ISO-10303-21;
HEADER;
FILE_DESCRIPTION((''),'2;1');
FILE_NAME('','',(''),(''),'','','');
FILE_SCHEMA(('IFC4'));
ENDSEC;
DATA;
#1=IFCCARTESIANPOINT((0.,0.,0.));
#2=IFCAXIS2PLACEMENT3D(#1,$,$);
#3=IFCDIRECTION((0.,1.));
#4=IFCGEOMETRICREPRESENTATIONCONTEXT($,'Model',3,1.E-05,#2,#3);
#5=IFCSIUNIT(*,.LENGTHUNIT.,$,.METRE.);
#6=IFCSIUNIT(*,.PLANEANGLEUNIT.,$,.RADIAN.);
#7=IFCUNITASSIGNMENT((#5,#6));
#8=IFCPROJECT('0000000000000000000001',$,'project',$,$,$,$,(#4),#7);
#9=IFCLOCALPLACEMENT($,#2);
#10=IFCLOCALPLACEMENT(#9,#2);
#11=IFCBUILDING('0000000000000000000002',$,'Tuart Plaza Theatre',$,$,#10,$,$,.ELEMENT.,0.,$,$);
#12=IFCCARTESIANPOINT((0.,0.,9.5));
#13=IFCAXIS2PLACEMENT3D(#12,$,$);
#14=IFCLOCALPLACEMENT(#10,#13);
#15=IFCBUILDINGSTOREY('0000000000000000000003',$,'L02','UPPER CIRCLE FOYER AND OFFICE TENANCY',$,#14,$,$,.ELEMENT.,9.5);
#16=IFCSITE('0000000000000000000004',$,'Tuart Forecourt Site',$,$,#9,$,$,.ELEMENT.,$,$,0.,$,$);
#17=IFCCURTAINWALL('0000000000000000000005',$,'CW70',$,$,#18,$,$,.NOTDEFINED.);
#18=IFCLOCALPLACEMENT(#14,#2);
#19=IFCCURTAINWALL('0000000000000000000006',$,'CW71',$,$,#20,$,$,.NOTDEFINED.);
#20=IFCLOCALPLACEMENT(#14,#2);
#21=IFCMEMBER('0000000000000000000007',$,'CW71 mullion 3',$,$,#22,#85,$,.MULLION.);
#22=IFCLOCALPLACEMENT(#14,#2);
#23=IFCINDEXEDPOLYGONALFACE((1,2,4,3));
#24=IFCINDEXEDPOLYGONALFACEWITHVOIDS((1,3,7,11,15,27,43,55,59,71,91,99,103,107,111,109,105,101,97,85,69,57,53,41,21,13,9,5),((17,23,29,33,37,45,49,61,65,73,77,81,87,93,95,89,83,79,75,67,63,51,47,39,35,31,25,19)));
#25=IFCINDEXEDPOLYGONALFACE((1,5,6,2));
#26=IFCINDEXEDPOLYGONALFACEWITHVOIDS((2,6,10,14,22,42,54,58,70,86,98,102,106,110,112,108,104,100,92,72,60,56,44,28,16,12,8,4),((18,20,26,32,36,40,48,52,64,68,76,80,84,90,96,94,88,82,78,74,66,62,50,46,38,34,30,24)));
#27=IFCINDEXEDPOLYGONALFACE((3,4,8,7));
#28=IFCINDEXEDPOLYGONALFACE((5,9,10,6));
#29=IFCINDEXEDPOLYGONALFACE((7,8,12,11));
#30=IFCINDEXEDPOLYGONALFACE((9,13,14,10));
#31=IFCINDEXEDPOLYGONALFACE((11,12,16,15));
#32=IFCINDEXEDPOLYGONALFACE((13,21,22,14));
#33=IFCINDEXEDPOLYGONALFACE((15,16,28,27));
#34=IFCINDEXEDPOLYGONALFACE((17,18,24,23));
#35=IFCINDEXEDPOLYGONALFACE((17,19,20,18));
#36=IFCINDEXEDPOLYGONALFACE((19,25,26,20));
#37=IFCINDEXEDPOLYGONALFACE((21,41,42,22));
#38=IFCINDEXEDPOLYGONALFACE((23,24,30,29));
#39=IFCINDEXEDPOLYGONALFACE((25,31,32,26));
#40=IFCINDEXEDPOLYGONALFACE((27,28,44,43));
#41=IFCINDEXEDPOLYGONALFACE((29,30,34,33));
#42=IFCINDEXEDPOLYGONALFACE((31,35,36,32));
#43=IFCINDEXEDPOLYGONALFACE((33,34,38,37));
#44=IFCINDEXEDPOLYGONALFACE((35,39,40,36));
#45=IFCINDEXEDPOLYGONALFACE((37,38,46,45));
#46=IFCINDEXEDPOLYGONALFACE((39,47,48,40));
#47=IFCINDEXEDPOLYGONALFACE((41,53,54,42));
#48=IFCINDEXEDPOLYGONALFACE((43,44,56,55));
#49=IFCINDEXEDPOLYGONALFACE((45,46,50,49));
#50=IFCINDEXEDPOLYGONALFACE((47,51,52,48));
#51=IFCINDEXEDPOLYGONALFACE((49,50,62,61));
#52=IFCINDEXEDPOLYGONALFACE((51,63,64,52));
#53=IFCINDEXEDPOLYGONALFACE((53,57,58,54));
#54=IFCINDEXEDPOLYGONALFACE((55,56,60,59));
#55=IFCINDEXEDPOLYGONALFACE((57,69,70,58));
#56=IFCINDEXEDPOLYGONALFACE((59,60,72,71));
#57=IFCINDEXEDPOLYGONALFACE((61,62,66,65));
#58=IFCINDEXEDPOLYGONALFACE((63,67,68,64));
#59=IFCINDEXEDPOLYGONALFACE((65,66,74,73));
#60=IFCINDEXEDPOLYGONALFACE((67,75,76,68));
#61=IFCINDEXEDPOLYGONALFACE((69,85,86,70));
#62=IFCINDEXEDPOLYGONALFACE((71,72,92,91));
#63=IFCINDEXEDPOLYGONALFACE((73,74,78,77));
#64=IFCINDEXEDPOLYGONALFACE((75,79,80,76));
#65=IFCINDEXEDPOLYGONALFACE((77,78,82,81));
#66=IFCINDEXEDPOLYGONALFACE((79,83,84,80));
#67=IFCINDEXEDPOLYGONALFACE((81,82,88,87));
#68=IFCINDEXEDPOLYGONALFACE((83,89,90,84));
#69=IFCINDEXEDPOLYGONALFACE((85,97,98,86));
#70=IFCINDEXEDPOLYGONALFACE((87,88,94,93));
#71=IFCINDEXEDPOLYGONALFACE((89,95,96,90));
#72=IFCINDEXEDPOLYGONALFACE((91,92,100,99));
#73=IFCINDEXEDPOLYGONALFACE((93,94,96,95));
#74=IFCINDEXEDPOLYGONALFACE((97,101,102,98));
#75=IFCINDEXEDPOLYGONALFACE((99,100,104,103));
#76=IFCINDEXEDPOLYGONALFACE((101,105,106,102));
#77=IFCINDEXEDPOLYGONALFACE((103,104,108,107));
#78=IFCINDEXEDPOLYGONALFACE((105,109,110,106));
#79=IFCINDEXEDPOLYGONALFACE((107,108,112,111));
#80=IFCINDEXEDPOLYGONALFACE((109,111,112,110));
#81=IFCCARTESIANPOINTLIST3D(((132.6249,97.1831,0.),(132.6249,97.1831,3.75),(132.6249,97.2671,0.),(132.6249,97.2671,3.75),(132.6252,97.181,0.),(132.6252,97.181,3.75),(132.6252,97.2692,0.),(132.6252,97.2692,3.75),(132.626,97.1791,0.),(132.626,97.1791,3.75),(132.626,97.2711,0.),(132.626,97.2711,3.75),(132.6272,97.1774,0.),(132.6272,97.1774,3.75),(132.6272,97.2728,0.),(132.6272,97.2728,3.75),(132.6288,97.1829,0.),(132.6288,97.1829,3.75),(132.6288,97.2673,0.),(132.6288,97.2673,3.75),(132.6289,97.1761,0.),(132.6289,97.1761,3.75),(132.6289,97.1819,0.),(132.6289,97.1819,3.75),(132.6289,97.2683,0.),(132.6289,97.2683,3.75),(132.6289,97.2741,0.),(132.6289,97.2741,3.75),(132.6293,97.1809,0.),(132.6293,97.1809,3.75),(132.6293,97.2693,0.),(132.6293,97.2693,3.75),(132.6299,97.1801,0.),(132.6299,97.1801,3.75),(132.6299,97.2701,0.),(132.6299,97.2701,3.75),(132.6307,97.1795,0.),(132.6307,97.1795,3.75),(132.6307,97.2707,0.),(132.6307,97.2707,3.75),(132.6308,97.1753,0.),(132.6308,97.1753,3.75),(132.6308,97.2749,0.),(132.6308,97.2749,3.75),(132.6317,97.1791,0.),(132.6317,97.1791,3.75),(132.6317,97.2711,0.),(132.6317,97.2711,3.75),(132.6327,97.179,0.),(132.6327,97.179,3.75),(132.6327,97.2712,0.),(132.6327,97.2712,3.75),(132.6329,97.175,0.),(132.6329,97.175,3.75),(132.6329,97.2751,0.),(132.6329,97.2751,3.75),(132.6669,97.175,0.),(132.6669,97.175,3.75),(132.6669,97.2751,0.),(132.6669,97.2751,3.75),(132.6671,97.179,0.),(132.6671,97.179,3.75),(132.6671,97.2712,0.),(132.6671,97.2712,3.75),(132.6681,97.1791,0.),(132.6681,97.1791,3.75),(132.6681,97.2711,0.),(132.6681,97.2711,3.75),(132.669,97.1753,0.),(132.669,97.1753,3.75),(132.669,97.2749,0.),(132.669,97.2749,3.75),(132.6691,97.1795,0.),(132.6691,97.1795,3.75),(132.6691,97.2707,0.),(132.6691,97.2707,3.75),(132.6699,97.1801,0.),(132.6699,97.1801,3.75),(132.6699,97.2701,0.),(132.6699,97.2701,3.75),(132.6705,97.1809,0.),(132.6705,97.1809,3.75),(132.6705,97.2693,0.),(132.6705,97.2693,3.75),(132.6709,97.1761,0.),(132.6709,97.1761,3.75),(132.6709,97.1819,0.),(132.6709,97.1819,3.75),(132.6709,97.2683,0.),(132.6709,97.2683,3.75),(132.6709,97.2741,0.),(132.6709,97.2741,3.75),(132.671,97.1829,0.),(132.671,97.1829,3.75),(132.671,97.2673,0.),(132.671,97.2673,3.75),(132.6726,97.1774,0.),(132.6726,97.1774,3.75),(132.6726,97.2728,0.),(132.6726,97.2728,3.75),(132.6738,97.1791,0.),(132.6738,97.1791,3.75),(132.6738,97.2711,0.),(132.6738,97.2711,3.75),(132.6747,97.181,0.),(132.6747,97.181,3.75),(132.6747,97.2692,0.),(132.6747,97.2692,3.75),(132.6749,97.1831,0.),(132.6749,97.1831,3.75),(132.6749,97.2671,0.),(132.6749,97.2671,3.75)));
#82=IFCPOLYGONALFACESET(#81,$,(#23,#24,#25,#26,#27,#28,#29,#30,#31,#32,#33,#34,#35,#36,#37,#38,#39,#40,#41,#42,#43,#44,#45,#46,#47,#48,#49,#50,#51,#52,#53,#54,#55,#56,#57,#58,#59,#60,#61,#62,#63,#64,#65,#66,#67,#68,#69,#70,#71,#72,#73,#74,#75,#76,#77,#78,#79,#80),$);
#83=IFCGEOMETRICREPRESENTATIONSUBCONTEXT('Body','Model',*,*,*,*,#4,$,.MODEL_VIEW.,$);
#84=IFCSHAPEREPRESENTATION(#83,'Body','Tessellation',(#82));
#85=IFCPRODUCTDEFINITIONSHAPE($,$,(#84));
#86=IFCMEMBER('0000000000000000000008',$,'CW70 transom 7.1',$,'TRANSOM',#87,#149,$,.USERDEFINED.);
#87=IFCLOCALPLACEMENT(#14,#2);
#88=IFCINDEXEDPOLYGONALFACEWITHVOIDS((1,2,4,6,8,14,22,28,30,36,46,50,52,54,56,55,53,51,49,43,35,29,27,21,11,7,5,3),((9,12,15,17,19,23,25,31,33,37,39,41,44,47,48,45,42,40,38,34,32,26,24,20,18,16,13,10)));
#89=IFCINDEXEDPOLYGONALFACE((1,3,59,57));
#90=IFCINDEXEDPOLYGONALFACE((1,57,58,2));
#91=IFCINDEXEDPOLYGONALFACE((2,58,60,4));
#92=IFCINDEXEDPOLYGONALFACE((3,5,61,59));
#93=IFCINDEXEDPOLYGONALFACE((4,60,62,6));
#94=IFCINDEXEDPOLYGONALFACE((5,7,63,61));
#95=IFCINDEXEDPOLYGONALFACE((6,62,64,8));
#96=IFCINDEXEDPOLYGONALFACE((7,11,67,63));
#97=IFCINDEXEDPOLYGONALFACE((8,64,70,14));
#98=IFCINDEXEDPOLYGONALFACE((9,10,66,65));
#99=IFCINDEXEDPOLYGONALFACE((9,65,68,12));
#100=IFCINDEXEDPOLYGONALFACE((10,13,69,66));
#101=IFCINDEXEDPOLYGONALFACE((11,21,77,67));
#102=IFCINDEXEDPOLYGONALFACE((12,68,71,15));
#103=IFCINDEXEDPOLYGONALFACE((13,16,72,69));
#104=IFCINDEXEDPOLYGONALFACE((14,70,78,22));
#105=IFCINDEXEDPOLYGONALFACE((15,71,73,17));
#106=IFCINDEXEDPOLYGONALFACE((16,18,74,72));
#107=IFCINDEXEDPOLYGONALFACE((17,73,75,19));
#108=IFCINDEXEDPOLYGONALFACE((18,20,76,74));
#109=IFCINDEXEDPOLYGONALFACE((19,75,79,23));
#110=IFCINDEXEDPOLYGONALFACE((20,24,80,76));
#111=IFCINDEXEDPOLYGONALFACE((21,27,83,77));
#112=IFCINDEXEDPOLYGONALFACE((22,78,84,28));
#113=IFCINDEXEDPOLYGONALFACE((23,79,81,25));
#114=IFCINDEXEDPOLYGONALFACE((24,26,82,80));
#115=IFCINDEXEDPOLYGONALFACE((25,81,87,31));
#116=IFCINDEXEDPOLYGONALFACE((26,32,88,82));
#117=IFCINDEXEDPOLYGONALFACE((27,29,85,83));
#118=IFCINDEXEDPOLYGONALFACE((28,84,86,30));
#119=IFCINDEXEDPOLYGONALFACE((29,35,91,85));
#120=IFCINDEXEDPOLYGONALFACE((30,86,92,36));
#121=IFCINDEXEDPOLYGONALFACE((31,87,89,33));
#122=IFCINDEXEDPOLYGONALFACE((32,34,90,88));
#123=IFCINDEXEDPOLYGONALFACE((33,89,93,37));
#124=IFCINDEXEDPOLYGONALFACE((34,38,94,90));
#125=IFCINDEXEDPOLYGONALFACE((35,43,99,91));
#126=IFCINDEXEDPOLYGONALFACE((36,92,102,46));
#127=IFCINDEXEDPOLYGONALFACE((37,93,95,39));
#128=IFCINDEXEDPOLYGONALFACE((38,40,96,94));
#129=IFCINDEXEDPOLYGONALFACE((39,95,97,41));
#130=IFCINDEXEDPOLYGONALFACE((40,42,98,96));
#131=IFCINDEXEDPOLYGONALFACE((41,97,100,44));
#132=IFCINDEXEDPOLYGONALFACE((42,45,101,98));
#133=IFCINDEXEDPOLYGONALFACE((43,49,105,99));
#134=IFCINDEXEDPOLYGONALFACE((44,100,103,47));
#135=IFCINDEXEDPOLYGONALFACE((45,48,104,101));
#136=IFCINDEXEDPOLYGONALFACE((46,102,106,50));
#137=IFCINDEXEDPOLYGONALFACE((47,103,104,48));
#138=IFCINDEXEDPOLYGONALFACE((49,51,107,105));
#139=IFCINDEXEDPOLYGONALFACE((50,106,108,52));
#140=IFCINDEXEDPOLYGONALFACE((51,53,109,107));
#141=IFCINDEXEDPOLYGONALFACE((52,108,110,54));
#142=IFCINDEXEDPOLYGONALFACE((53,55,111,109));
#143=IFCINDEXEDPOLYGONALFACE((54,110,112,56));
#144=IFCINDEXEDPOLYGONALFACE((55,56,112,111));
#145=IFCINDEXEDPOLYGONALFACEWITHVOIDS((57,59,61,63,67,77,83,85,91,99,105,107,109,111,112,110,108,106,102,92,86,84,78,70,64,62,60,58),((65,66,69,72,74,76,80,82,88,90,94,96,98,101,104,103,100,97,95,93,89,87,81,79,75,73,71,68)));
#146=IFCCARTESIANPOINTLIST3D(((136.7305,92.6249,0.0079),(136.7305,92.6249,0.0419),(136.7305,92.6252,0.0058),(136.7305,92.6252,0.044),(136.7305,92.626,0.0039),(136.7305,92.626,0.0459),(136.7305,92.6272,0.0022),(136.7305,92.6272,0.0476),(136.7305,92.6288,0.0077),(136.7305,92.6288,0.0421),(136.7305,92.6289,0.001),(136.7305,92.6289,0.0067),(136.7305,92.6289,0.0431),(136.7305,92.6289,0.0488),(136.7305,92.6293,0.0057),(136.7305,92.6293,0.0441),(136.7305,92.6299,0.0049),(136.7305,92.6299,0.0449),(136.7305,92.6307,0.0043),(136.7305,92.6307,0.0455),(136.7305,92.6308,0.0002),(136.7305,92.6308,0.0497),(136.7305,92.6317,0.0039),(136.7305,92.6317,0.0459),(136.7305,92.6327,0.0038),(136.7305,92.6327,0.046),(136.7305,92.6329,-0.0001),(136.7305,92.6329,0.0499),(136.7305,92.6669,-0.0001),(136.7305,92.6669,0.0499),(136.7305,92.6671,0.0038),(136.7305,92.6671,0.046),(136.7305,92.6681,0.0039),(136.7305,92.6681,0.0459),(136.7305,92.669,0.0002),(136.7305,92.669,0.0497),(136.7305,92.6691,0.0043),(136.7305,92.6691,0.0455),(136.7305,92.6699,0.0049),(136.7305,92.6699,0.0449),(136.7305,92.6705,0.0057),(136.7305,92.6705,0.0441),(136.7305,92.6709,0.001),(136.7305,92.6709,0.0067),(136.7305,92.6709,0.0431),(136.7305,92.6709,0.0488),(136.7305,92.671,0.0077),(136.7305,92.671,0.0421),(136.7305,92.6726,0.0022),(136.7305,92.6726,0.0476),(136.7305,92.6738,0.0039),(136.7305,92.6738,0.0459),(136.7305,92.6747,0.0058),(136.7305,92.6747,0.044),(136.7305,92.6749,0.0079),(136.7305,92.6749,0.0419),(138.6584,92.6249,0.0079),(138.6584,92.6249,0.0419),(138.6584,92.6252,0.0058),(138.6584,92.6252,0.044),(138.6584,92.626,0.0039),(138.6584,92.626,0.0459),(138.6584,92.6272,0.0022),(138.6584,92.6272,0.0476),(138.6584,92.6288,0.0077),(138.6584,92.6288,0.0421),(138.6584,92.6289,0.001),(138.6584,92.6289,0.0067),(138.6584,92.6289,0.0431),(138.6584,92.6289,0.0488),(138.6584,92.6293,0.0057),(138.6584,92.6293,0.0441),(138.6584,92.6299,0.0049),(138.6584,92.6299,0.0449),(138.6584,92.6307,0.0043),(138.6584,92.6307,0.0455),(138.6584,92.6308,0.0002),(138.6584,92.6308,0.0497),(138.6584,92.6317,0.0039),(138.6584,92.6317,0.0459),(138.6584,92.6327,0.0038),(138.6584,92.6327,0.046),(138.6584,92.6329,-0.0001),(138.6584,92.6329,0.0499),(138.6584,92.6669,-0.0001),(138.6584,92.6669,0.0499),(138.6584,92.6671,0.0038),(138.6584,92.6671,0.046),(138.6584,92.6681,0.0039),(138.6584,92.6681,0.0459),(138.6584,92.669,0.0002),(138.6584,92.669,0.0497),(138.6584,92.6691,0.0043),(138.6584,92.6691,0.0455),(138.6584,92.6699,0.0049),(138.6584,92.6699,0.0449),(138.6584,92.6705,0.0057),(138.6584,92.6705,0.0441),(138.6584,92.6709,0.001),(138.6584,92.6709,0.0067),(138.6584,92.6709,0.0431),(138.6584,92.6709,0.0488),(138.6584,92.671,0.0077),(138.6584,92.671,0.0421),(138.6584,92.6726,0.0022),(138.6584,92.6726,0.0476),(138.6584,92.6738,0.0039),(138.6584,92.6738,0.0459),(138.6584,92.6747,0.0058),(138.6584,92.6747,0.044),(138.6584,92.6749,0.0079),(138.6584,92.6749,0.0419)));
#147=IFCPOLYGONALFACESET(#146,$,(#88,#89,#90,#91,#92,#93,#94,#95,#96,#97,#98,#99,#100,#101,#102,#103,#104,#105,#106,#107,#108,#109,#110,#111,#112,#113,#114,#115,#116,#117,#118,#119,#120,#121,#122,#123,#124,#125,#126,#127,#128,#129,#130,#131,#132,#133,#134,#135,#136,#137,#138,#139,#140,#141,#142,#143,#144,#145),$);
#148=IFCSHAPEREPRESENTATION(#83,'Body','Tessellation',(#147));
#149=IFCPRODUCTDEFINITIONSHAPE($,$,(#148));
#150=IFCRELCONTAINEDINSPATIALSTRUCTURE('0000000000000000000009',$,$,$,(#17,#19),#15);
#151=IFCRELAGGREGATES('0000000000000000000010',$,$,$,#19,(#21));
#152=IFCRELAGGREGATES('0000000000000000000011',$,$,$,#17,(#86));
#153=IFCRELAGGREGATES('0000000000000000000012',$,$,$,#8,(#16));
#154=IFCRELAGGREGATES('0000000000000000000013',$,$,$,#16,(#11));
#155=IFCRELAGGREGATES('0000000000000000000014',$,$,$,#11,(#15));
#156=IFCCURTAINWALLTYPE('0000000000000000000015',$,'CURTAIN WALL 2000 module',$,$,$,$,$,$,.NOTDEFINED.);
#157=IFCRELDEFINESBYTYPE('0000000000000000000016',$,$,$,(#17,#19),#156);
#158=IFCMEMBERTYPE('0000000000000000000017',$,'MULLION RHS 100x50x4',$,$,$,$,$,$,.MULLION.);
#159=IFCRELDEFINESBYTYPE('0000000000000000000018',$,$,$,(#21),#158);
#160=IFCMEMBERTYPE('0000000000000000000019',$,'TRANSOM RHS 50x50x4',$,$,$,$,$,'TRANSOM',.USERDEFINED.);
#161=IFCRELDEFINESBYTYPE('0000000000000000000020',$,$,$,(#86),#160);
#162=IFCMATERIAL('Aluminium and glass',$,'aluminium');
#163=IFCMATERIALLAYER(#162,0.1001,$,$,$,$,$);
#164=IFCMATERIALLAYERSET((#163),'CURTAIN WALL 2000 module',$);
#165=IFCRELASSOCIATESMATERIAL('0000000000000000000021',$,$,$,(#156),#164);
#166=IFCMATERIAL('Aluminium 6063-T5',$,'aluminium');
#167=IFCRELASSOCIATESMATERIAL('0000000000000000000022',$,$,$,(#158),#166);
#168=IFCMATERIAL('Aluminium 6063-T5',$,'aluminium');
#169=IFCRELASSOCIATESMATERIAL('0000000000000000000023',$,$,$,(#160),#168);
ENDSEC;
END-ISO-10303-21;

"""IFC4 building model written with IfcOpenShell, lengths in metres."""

from ifc_helpers import new_model, si_unit, direction, frame, origin, origin_2d, place, context, subcontext, project, spatial, hollow_rectangle, extrude, material, layer, layer_set, material_profile, profile_set, type_object, element, aggregate, save


model = new_model("IFC4")

# Units and contexts
model_context = context("Model", 3, precision=1e-05, world=origin(), true_north=direction((0.0, 1.0)))
body_context = subcontext(model_context, "Body", "Model", "MODEL_VIEW")
ifc_project = project(units=[si_unit("LENGTHUNIT", "METRE"), si_unit("PLANEANGLEUNIT", "RADIAN")], contexts=[model_context])

# Site, building, storey
site_placement = place(None, origin())
site = spatial("IfcSite", under=ifc_project, at=site_placement, Name="Tuart Forecourt Site", CompositionType="ELEMENT", RefElevation=0.0)
building_placement = place(site_placement, origin())
building = spatial("IfcBuilding", under=site, at=building_placement, Name="Tuart Plaza Theatre", CompositionType="ELEMENT", ElevationOfRefHeight=0.0)
storey_placement = place(building_placement, frame((0.0, 0.0, 9.5)))
storey = spatial("IfcBuildingStorey", under=building, at=storey_placement, Name="L02", Description="UPPER CIRCLE FOYER AND OFFICE TENANCY", CompositionType="ELEMENT", Elevation=9.5)

# Curtain wall
ifc_material_1 = material(Name="Aluminium and glass", Category="aluminium")
ifc_layer_1 = layer(ifc_material_1, 0.1001)
ifc_layer_set_1 = layer_set([ifc_layer_1], Name="CURTAIN WALL 2000 module")
curtain_wall_type = type_object("IfcCurtainWallType", Name="CURTAIN WALL 2000 module", PredefinedType="NOTDEFINED", material=ifc_layer_set_1)
curtain_wall_1_placement = place(storey_placement, origin())
curtain_wall_1 = element("IfcCurtainWall", 1, at=curtain_wall_1_placement, inside=storey, type_object=curtain_wall_type, Name="CW70", PredefinedType="NOTDEFINED")
ifc_material_2 = material(Name="Aluminium 6063-T5", Category="aluminium")
ifc_material_profile_1 = material_profile(ifc_material_2, hollow_rectangle(XDim=0.05, YDim=0.1001, WallThickness=0.0039, InnerFilletRadius=0.0039, OuterFilletRadius=0.0081, at=origin_2d()), Name="RHS 100x50x4")
ifc_profile_set_1 = profile_set([ifc_material_profile_1], Name="Aluminium 6063-T5")
member_type_1 = type_object("IfcMemberType", Name="MULLION RHS 100x50x4", PredefinedType="MULLION", material=ifc_profile_set_1)

# Curtain wall, member
curtain_wall_2_placement = place(storey_placement, origin())
curtain_wall_2 = element("IfcCurtainWall", 2, at=curtain_wall_2_placement, inside=storey, type_object=curtain_wall_type, Name="CW71", PredefinedType="NOTDEFINED")
member_1_placement = place(storey_placement, frame((132.6499, 97.2251, 0.0), z_axis=(0.0, 0.0, 1.0), x_axis=(-1.0, 0.0, 0.0)))
member_1 = element("IfcMember", 3, at=member_1_placement, type_object=member_type_1, Name="CW71 mullion 3", PredefinedType="MULLION", context=body_context, shape_type="SweptSolid", body=[
    extrude(hollow_rectangle(XDim=0.05, YDim=0.1001, WallThickness=0.0039, InnerFilletRadius=0.0039, OuterFilletRadius=0.0081, at=origin_2d()), origin(), (0.0, 0.0, 1.0), 3.75),
])
aggregate(curtain_wall_2, [member_1])

# Member
ifc_material_3 = material(Name="Aluminium 6063-T5", Category="aluminium")
ifc_material_profile_2 = material_profile(ifc_material_3, hollow_rectangle(XDim=0.05, YDim=0.05, WallThickness=0.0039, InnerFilletRadius=0.0039, OuterFilletRadius=0.0081, at=origin_2d()), Name="RHS 50x50x4")
ifc_profile_set_2 = profile_set([ifc_material_profile_2], Name="Aluminium 6063-T5")
member_type_2 = type_object("IfcMemberType", Name="TRANSOM RHS 50x50x4", ElementType="TRANSOM", PredefinedType="USERDEFINED", material=ifc_profile_set_2)
member_2_placement = place(storey_placement, frame((138.6584, 92.6499, 0.0249), z_axis=(-1.0, 0.0, 0.0), x_axis=(0.0, -1.0, 0.0)))
member_2 = element("IfcMember", 4, at=member_2_placement, type_object=member_type_2, Name="CW70 transom 7.1", ObjectType="TRANSOM", PredefinedType="USERDEFINED", context=body_context, shape_type="SweptSolid", body=[
    extrude(hollow_rectangle(XDim=0.05, YDim=0.05, WallThickness=0.0039, InnerFilletRadius=0.0039, OuterFilletRadius=0.0081, at=origin_2d()), origin(), (0.0, 0.0, 1.0), 1.928),
])

aggregate(curtain_wall_1, [member_2])

save(model, "model.ifc")
